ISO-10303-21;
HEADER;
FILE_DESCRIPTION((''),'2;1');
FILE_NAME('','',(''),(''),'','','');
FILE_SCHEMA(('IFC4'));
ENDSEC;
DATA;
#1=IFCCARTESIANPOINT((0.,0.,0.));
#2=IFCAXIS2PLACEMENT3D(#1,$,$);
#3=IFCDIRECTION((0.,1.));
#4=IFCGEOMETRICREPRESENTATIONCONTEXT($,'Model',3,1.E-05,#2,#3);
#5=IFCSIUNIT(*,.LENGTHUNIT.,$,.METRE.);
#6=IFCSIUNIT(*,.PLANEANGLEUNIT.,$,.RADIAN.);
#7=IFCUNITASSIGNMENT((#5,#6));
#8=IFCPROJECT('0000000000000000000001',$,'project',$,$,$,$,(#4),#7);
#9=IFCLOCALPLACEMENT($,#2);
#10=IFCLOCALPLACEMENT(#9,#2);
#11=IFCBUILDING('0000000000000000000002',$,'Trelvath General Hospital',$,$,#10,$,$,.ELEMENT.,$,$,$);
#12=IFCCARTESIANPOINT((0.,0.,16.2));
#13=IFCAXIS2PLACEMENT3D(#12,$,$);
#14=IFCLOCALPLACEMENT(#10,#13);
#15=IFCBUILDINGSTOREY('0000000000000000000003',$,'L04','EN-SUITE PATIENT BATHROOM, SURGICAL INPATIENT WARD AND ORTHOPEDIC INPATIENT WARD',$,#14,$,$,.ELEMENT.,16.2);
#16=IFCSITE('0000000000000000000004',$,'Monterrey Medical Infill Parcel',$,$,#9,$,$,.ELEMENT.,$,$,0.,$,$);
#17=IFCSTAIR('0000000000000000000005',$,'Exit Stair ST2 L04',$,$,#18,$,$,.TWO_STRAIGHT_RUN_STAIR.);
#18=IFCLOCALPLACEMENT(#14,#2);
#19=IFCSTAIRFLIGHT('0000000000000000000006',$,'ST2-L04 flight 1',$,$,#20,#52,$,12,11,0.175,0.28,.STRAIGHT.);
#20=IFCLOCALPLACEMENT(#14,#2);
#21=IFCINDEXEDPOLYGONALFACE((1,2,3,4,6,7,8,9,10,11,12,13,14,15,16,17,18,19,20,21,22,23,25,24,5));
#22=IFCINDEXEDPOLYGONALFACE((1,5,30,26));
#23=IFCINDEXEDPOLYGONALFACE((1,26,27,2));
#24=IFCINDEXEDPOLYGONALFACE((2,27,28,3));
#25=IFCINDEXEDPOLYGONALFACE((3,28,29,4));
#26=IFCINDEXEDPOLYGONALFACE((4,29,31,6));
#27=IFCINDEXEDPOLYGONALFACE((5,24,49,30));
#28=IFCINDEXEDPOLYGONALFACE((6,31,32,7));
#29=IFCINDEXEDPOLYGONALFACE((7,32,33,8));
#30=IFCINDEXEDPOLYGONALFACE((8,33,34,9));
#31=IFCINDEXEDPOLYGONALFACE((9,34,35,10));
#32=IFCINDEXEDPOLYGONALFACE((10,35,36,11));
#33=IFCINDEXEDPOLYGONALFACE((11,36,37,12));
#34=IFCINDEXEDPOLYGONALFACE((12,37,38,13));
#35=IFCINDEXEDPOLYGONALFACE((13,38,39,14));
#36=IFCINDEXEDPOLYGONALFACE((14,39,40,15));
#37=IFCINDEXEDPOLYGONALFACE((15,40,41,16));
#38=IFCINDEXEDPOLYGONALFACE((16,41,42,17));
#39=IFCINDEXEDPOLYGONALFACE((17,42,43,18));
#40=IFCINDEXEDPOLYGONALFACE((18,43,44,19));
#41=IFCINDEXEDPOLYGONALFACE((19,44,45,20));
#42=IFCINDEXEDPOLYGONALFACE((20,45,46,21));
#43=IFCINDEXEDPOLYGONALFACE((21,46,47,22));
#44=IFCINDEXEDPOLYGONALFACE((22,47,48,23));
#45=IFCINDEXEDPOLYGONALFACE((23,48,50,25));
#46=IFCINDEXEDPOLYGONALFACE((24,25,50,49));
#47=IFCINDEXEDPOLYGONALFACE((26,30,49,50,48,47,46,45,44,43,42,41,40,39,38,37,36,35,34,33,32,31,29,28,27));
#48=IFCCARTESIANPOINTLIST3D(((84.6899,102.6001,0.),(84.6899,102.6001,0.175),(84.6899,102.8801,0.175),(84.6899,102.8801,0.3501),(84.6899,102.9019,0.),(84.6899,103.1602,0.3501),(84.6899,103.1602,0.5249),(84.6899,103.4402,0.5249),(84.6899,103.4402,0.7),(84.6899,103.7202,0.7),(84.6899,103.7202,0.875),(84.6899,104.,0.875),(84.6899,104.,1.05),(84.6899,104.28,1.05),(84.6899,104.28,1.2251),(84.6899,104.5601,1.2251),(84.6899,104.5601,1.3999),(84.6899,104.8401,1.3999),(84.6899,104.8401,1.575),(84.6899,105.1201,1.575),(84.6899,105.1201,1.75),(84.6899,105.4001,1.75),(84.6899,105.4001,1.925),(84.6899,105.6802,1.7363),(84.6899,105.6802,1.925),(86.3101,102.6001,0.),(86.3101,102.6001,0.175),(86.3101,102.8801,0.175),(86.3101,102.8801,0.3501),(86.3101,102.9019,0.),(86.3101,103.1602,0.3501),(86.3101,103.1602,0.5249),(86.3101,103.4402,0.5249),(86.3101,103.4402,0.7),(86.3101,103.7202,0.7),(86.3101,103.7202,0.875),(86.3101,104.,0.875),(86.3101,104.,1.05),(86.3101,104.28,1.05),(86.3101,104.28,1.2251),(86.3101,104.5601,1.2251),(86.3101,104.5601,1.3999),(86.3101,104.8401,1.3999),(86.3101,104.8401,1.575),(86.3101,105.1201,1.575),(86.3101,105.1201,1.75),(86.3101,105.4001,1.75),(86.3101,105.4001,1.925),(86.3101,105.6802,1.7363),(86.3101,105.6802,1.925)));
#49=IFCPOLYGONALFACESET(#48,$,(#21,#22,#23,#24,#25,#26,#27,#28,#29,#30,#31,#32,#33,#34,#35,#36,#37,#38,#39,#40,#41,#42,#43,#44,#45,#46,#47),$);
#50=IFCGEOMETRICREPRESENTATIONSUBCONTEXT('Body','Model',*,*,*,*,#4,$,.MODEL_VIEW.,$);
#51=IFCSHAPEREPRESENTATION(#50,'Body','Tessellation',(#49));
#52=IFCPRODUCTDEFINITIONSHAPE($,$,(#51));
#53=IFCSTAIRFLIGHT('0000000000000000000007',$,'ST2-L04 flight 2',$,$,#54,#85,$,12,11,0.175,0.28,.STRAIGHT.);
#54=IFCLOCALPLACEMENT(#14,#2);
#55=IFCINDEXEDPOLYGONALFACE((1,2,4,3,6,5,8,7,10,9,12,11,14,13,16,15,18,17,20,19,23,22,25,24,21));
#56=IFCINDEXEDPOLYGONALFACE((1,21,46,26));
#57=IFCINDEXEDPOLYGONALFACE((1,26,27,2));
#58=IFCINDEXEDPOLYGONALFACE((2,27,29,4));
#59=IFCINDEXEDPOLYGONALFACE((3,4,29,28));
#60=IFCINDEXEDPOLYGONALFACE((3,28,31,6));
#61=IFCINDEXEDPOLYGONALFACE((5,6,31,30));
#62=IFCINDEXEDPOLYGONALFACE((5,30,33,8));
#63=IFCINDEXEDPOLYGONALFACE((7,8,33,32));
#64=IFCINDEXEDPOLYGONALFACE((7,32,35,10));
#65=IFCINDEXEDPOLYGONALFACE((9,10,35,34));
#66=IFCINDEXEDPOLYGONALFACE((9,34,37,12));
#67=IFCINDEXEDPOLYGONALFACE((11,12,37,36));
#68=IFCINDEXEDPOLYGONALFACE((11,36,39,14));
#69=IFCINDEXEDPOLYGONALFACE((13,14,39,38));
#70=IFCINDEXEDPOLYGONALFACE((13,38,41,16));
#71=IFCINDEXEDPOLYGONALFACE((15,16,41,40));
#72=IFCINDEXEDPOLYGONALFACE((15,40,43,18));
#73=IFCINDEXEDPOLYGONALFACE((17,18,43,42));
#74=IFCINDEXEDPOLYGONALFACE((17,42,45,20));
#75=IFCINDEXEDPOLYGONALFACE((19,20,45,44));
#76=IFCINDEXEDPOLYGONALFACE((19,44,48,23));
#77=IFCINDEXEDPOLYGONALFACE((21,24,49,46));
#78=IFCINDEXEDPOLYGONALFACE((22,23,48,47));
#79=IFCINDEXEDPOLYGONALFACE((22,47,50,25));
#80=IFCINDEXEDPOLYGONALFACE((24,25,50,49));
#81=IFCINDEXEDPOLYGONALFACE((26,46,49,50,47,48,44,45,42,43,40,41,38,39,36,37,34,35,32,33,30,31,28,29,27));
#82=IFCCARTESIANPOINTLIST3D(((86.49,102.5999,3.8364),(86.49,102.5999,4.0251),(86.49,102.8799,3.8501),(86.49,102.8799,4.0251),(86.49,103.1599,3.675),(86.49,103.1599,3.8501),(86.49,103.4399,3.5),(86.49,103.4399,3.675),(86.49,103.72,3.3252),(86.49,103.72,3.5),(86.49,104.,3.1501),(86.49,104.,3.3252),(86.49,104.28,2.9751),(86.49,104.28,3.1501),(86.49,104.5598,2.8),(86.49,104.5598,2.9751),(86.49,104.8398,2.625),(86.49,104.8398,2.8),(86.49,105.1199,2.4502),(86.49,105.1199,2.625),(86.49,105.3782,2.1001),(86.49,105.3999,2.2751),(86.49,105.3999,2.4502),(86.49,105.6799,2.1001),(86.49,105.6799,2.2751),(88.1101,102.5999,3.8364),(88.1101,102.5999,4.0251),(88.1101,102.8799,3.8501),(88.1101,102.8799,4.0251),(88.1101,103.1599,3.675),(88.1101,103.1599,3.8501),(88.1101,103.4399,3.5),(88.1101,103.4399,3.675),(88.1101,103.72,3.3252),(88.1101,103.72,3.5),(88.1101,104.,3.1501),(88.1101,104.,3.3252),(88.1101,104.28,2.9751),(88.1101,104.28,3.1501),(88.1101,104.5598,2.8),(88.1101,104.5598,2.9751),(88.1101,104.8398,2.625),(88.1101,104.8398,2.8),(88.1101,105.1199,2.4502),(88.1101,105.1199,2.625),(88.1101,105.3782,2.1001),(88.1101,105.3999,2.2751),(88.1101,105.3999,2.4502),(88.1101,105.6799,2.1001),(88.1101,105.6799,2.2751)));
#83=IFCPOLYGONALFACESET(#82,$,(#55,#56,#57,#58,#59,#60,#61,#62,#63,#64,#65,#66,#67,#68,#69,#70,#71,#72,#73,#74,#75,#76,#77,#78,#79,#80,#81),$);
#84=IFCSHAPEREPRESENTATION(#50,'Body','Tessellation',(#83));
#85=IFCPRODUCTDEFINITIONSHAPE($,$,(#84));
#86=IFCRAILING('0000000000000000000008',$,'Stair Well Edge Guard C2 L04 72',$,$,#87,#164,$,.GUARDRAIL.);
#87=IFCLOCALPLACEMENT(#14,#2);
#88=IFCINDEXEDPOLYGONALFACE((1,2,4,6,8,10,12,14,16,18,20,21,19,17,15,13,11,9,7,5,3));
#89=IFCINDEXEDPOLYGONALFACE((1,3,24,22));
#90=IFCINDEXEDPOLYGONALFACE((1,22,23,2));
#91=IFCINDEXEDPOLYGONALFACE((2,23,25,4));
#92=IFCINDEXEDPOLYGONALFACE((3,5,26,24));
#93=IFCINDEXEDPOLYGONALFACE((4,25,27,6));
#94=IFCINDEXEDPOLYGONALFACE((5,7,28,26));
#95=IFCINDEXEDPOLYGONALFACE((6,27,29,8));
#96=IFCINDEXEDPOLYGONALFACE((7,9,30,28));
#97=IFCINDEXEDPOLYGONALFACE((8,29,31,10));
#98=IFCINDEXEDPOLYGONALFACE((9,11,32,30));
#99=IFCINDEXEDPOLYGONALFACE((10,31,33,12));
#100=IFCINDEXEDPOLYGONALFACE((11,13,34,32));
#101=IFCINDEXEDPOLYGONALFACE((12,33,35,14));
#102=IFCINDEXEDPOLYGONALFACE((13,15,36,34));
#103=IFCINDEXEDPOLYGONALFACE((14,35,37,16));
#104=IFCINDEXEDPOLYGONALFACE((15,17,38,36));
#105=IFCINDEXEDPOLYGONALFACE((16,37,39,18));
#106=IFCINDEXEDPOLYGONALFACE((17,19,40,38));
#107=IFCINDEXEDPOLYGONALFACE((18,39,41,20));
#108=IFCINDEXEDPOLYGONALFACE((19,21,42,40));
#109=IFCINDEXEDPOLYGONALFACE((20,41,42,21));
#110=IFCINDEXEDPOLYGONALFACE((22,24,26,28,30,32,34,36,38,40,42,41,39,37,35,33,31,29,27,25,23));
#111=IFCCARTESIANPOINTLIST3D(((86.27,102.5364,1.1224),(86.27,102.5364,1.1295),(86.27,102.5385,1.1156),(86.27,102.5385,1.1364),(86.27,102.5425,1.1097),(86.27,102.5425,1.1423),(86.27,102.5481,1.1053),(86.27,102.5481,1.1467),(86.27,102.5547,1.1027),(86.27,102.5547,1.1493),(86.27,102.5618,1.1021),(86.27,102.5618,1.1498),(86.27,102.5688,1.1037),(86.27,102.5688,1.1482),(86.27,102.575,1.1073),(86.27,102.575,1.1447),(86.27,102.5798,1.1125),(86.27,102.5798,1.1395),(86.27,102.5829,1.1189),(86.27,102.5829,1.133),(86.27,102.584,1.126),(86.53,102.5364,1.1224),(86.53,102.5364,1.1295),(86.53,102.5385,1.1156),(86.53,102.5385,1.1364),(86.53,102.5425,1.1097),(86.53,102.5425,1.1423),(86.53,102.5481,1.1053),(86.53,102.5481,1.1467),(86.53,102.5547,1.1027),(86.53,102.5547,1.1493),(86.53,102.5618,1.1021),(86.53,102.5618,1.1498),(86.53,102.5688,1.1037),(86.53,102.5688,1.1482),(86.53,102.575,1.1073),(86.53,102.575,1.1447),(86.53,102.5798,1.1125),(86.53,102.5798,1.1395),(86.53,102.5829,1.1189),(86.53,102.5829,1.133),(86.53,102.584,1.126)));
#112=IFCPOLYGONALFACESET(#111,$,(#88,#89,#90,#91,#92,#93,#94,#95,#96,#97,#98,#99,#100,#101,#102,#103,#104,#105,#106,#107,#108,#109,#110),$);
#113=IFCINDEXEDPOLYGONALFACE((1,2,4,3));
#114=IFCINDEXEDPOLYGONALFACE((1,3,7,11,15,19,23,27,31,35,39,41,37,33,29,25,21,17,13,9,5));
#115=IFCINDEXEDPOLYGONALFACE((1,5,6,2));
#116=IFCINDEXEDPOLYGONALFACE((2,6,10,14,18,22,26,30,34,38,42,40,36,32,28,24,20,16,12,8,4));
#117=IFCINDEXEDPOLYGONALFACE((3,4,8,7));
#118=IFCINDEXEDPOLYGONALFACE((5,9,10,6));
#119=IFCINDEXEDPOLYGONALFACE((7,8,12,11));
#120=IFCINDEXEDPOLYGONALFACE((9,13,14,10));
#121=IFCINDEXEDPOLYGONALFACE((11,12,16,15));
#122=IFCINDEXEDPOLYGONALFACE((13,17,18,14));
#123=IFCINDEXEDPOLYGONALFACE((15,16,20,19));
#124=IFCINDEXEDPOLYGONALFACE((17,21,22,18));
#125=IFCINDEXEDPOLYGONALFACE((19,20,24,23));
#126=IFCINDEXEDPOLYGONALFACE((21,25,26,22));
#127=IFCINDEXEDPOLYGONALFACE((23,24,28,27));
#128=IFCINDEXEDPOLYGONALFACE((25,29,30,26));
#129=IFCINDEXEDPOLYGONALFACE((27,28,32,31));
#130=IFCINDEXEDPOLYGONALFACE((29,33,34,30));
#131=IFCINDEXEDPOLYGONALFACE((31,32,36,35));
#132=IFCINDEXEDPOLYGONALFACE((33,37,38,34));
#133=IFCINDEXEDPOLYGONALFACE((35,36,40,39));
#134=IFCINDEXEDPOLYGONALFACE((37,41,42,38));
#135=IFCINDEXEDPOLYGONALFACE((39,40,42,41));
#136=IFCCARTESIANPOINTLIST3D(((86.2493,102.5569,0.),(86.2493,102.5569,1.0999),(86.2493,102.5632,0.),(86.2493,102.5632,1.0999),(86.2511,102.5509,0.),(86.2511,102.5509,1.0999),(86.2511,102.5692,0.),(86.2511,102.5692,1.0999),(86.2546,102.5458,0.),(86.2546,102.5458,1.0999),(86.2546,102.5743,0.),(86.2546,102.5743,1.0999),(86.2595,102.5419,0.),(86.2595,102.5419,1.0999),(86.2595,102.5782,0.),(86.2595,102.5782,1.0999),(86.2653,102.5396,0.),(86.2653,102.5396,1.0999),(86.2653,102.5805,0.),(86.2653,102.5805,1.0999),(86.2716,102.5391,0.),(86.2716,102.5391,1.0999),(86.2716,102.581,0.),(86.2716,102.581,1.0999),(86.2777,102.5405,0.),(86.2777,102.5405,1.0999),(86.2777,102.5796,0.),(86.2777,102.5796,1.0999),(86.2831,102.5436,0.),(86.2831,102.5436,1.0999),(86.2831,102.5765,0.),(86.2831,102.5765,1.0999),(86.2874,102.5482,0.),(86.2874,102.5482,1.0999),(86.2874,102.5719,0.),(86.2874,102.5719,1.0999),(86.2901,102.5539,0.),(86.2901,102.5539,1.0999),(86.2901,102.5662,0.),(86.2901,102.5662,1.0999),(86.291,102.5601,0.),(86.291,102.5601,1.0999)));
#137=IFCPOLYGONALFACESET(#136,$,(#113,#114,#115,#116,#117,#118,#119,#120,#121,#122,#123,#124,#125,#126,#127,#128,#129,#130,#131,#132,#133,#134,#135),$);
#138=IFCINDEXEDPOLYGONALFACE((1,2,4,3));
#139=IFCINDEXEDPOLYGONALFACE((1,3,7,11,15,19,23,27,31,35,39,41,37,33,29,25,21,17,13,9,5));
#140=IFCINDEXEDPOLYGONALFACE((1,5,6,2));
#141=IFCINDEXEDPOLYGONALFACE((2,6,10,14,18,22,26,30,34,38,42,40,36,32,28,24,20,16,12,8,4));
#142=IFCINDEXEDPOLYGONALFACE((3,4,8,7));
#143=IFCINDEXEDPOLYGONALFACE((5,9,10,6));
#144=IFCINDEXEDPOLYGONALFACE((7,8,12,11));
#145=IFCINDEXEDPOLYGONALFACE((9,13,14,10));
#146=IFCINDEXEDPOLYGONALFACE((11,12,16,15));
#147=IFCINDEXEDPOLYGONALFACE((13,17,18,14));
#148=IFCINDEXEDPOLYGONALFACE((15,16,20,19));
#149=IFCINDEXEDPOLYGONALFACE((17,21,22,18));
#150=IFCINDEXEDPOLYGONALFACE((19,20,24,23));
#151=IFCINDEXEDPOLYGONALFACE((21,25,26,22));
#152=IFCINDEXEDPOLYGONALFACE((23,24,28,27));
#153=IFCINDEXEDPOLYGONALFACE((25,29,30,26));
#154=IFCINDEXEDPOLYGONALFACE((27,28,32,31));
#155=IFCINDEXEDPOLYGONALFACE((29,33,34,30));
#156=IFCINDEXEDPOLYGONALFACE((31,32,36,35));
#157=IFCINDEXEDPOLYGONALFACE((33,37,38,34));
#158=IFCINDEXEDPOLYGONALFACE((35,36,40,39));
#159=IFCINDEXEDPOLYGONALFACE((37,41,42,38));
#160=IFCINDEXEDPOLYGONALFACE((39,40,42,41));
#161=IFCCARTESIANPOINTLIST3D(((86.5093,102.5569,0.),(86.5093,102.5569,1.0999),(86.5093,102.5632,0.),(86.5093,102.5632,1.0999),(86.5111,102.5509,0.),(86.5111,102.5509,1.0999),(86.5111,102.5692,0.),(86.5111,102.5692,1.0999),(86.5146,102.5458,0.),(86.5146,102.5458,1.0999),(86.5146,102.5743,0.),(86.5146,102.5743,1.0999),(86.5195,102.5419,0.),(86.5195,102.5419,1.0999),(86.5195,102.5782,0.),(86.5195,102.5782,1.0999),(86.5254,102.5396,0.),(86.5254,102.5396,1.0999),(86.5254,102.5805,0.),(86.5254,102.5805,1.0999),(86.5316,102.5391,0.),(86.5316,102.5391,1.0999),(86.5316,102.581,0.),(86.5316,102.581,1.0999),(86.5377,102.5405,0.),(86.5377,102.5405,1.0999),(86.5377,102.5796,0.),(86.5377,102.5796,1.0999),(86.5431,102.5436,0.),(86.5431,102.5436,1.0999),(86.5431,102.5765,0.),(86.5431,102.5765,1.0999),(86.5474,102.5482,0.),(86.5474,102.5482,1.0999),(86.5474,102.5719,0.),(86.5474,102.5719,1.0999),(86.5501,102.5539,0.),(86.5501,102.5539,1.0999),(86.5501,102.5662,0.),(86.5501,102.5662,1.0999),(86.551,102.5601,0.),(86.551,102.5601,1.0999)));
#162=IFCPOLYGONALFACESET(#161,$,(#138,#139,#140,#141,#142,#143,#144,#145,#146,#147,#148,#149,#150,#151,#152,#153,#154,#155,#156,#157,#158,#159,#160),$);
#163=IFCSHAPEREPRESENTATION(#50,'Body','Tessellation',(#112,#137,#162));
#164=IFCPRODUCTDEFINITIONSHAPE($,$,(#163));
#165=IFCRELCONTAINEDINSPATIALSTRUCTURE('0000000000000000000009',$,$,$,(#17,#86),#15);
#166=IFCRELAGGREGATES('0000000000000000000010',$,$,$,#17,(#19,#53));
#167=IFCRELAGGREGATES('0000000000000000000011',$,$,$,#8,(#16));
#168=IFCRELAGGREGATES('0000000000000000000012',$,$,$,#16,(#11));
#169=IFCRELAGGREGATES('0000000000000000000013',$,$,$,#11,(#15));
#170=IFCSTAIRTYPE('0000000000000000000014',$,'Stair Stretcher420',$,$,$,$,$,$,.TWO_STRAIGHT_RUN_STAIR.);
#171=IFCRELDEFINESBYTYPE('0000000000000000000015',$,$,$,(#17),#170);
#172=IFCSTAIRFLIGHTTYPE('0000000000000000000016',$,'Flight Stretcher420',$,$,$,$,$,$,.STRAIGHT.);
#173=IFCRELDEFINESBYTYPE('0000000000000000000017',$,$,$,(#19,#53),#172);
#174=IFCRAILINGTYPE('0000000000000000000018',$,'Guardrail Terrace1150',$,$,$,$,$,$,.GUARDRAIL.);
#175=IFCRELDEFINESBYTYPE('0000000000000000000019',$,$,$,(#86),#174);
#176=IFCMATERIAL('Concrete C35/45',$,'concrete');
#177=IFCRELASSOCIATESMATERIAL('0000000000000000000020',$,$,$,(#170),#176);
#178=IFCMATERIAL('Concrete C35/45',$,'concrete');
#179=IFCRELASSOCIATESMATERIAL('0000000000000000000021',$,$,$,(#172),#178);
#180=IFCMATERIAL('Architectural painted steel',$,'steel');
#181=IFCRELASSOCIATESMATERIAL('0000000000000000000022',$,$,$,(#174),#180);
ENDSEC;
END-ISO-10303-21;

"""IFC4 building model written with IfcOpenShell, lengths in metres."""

from ifc_helpers import new_model, si_unit, direction, frame, origin, origin_2d, place, context, subcontext, project, spatial, polyline, circle, outline, extrude, material, type_object, element, aggregate, save


model = new_model("IFC4")

# Units and contexts
model_context = context("Model", 3, precision=1e-05, world=origin(), true_north=direction((0.0, 1.0)))
body_context = subcontext(model_context, "Body", "Model", "MODEL_VIEW")
ifc_project = project(units=[si_unit("LENGTHUNIT", "METRE"), si_unit("PLANEANGLEUNIT", "RADIAN")], contexts=[model_context])

# Site, building, storey
site_placement = place(None, origin())
site = spatial("IfcSite", under=ifc_project, at=site_placement, Name="Monterrey Medical Infill Parcel", CompositionType="ELEMENT", RefElevation=0.0)
building_placement = place(site_placement, origin())
building = spatial("IfcBuilding", under=site, at=building_placement, Name="Trelvath General Hospital", CompositionType="ELEMENT")
storey_placement = place(building_placement, frame((0.0, 0.0, 16.2)))
storey = spatial("IfcBuildingStorey", under=building, at=storey_placement, Name="L04", Description="EN-SUITE PATIENT BATHROOM, SURGICAL INPATIENT WARD AND ORTHOPEDIC INPATIENT WARD", CompositionType="ELEMENT", Elevation=16.2)

# Stair, stair flights
ifc_material_1 = material(Name="Concrete C35/45", Category="concrete")
stair_type = type_object("IfcStairType", Name="Stair Stretcher420", PredefinedType="TWO_STRAIGHT_RUN_STAIR", material=ifc_material_1)
stair_placement = place(storey_placement, origin())
stair = element("IfcStair", 1, at=stair_placement, inside=storey, type_object=stair_type, Name="Exit Stair ST2 L04", PredefinedType="TWO_STRAIGHT_RUN_STAIR")
ifc_material_2 = material(Name="Concrete C35/45", Category="concrete")
stair_flight_type = type_object("IfcStairFlightType", Name="Flight Stretcher420", PredefinedType="STRAIGHT", material=ifc_material_2)
stair_flight_1_placement = place(storey_placement, frame((85.5, 102.6001, 0.0), z_axis=(0.0, 0.0, 1.0), x_axis=(0.0, 1.0, 0.0)))
stair_flight_1 = element("IfcStairFlight", 2, at=stair_flight_1_placement, type_object=stair_flight_type, Name="ST2-L04 flight 1", NumberOfRisers=12, NumberOfTreads=11, PredefinedType="STRAIGHT", RiserHeight=0.175, TreadLength=0.28, context=body_context, shape_type="SweptSolid", body=[
    extrude(outline(polyline([(0.0, 0.0), (0.0, 0.175), (0.28, 0.175), (0.28, 0.3501), (0.5601, 0.3501), (0.5601, 0.5249), (0.8401, 0.5249), (0.8401, 0.7), (1.1201, 0.7), (1.1201, 0.875), (1.3999, 0.875), (1.3999, 1.05), (1.6799, 1.05), (1.6799, 1.2251), (1.96, 1.2251), (1.96, 1.3999), (2.24, 1.3999), (2.24, 1.575), (2.52, 1.575), (2.52, 1.75), (2.8, 1.75), (2.8, 1.925), (3.0801, 1.925), (3.0801, 2.1001), (3.0801, 1.7363), (0.3018, 0.0), (0.0, 0.0)])), frame((0.0, 0.8101, 0.0), z_axis=(0.0, -1.0, 0.0), x_axis=(1.0, 0.0, 0.0)), (0.0, 0.0, 1.0), 1.6201),
])
stair_flight_2_placement = place(storey_placement, frame((87.3, 105.6799, 2.1001), z_axis=(0.0, 0.0, 1.0), x_axis=(0.0, -1.0, 0.0)))
stair_flight_2 = element("IfcStairFlight", 3, at=stair_flight_2_placement, type_object=stair_flight_type, Name="ST2-L04 flight 2", NumberOfRisers=12, NumberOfTreads=11, PredefinedType="STRAIGHT", RiserHeight=0.175, TreadLength=0.28, context=body_context, shape_type="SweptSolid", body=[
    extrude(outline(polyline([(0.0, 0.0), (0.0, 0.175), (0.28, 0.175), (0.28, 0.3501), (0.5601, 0.3501), (0.5601, 0.5249), (0.8401, 0.5249), (0.8401, 0.7), (1.1201, 0.7), (1.1201, 0.875), (1.3999, 0.875), (1.3999, 1.05), (1.6799, 1.05), (1.6799, 1.2251), (1.96, 1.2251), (1.96, 1.3999), (2.24, 1.3999), (2.24, 1.575), (2.52, 1.575), (2.52, 1.75), (2.8, 1.75), (2.8, 1.925), (3.0801, 1.925), (3.0801, 2.1001), (3.0801, 1.7363), (0.3018, 0.0), (0.0, 0.0)])), frame((0.0, 0.8101, 0.0), z_axis=(0.0, -1.0, 0.0), x_axis=(1.0, 0.0, 0.0)), (0.0, 0.0, 1.0), 1.6201),
])
aggregate(stair, [stair_flight_1, stair_flight_2])

# Railing
ifc_material_3 = material(Name="Architectural painted steel", Category="steel")
railing_type_1 = type_object("IfcRailingType", Name="Guardrail Terrace1150", PredefinedType="GUARDRAIL", material=ifc_material_3)
railing_1_placement = place(storey_placement, frame((86.27, 102.5601, 0.0)))
element("IfcRailing", 4, at=railing_1_placement, inside=storey, type_object=railing_type_1, Name="Stair Well Edge Guard C2 L04 72", PredefinedType="GUARDRAIL", context=body_context, shape_type="SweptSolid", body=[
    extrude(circle(Radius=0.0239, at=origin_2d()), frame((0.0, 0.0, 1.126), z_axis=(1.0, 0.0, 0.0), x_axis=(0.0, 1.0, 0.0)), (0.0, 0.0, 1.0), 0.26),
    extrude(circle(Radius=0.021, at=origin_2d()), origin(), (0.0, 0.0, 1.0), 1.0999),
    extrude(circle(Radius=0.021, at=origin_2d()), frame((0.26, 0.0, 0.0)), (0.0, 0.0, 1.0), 1.0999),
])

save(model, "model.ifc")
